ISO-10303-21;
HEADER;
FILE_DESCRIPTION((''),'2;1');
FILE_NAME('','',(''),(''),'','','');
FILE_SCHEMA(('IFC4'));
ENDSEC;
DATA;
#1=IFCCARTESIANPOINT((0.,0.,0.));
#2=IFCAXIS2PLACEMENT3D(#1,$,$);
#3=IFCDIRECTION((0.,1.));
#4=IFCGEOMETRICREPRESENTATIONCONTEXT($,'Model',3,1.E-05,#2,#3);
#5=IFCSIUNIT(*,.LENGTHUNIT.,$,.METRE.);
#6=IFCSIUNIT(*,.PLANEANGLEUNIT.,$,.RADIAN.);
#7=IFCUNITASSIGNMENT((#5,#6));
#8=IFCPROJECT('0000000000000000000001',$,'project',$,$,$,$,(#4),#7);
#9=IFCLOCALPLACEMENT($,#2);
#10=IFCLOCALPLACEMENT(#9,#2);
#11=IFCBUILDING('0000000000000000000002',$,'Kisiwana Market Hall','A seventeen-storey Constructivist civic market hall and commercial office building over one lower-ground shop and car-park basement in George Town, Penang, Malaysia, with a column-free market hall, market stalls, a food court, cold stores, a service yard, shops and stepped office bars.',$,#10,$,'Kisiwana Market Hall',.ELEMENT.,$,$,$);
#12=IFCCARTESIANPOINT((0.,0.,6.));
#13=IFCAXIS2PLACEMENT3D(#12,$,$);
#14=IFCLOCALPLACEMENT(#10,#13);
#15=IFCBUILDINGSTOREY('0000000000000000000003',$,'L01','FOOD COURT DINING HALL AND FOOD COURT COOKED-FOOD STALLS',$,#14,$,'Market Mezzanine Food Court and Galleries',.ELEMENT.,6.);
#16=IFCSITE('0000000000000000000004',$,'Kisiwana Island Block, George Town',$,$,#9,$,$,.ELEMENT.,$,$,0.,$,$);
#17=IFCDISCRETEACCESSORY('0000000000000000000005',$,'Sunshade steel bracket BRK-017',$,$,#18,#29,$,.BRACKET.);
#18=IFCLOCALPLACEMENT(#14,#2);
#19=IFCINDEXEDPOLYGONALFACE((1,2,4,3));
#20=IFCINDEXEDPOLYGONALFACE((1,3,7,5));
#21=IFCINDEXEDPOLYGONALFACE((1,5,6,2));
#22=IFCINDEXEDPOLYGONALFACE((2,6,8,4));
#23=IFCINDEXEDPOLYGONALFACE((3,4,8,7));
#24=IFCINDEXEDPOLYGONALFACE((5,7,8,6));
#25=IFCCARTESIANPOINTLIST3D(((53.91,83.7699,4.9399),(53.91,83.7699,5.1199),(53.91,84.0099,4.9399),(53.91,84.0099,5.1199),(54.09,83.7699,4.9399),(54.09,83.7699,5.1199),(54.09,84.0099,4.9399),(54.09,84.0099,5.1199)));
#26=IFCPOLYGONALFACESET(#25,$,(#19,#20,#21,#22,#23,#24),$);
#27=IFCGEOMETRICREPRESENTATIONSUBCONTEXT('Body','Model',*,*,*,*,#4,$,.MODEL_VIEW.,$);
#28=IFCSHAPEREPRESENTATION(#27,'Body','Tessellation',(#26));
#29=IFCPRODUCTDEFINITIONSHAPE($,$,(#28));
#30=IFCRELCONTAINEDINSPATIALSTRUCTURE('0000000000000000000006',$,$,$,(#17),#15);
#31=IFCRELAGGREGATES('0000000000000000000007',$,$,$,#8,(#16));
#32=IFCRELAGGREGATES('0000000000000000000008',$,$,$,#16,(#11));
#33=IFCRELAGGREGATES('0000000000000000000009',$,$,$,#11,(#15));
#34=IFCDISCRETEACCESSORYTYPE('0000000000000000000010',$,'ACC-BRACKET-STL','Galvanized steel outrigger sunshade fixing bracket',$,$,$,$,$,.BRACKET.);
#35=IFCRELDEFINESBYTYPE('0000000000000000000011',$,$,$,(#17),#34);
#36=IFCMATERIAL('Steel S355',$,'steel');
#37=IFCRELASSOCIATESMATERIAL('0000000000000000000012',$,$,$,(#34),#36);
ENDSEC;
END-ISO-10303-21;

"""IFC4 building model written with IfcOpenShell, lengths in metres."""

from ifc_helpers import new_model, si_unit, direction, frame, origin, origin_2d, place, context, subcontext, project, spatial, rectangle, extrude, material, type_object, element, save


model = new_model("IFC4")

# Units and contexts
model_context = context("Model", 3, precision=1e-05, world=origin(), true_north=direction((0.0, 1.0)))
body_context = subcontext(model_context, "Body", "Model", "MODEL_VIEW")
ifc_project = project(units=[si_unit("LENGTHUNIT", "METRE"), si_unit("PLANEANGLEUNIT", "RADIAN")], contexts=[model_context])

# Site, building, storey
site_placement = place(None, origin())
site = spatial("IfcSite", under=ifc_project, at=site_placement, Name="Kisiwana Island Block, George Town", CompositionType="ELEMENT", RefElevation=0.0)
building_placement = place(site_placement, origin())
building = spatial("IfcBuilding", under=site, at=building_placement, Name="Kisiwana Market Hall", Description="A seventeen-storey Constructivist civic market hall and commercial office building over one lower-ground shop and car-park basement in George Town, Penang, Malaysia, with a column-free market hall, market stalls, a food court, cold stores, a service yard, shops and stepped office bars.", LongName="Kisiwana Market Hall", CompositionType="ELEMENT")
storey_placement = place(building_placement, frame((0.0, 0.0, 6.0)))
storey = spatial("IfcBuildingStorey", under=building, at=storey_placement, Name="L01", Description="FOOD COURT DINING HALL AND FOOD COURT COOKED-FOOD STALLS", LongName="Market Mezzanine Food Court and Galleries", CompositionType="ELEMENT", Elevation=6.0)

# Discrete accessory
ifc_material_1 = material(Name="Steel S355", Category="steel")
discrete_accessory_type = type_object("IfcDiscreteAccessoryType", Name="ACC-BRACKET-STL", Description="Galvanized steel outrigger sunshade fixing bracket", PredefinedType="BRACKET", material=ifc_material_1)
discrete_accessory_placement = place(storey_placement, frame((54.0, 83.8899, 4.9399), z_axis=(0.0, 0.0, 1.0), x_axis=(1.0, 0.0, 0.0)))
element("IfcDiscreteAccessory", 1, at=discrete_accessory_placement, inside=storey, type_object=discrete_accessory_type, Name="Sunshade steel bracket BRK-017", PredefinedType="BRACKET", context=body_context, shape_type="SweptSolid", body=[
    extrude(rectangle(XDim=0.1799, YDim=0.24, at=origin_2d()), origin(), (0.0, 0.0, 1.0), 0.1799),
])

save(model, "model.ifc")
